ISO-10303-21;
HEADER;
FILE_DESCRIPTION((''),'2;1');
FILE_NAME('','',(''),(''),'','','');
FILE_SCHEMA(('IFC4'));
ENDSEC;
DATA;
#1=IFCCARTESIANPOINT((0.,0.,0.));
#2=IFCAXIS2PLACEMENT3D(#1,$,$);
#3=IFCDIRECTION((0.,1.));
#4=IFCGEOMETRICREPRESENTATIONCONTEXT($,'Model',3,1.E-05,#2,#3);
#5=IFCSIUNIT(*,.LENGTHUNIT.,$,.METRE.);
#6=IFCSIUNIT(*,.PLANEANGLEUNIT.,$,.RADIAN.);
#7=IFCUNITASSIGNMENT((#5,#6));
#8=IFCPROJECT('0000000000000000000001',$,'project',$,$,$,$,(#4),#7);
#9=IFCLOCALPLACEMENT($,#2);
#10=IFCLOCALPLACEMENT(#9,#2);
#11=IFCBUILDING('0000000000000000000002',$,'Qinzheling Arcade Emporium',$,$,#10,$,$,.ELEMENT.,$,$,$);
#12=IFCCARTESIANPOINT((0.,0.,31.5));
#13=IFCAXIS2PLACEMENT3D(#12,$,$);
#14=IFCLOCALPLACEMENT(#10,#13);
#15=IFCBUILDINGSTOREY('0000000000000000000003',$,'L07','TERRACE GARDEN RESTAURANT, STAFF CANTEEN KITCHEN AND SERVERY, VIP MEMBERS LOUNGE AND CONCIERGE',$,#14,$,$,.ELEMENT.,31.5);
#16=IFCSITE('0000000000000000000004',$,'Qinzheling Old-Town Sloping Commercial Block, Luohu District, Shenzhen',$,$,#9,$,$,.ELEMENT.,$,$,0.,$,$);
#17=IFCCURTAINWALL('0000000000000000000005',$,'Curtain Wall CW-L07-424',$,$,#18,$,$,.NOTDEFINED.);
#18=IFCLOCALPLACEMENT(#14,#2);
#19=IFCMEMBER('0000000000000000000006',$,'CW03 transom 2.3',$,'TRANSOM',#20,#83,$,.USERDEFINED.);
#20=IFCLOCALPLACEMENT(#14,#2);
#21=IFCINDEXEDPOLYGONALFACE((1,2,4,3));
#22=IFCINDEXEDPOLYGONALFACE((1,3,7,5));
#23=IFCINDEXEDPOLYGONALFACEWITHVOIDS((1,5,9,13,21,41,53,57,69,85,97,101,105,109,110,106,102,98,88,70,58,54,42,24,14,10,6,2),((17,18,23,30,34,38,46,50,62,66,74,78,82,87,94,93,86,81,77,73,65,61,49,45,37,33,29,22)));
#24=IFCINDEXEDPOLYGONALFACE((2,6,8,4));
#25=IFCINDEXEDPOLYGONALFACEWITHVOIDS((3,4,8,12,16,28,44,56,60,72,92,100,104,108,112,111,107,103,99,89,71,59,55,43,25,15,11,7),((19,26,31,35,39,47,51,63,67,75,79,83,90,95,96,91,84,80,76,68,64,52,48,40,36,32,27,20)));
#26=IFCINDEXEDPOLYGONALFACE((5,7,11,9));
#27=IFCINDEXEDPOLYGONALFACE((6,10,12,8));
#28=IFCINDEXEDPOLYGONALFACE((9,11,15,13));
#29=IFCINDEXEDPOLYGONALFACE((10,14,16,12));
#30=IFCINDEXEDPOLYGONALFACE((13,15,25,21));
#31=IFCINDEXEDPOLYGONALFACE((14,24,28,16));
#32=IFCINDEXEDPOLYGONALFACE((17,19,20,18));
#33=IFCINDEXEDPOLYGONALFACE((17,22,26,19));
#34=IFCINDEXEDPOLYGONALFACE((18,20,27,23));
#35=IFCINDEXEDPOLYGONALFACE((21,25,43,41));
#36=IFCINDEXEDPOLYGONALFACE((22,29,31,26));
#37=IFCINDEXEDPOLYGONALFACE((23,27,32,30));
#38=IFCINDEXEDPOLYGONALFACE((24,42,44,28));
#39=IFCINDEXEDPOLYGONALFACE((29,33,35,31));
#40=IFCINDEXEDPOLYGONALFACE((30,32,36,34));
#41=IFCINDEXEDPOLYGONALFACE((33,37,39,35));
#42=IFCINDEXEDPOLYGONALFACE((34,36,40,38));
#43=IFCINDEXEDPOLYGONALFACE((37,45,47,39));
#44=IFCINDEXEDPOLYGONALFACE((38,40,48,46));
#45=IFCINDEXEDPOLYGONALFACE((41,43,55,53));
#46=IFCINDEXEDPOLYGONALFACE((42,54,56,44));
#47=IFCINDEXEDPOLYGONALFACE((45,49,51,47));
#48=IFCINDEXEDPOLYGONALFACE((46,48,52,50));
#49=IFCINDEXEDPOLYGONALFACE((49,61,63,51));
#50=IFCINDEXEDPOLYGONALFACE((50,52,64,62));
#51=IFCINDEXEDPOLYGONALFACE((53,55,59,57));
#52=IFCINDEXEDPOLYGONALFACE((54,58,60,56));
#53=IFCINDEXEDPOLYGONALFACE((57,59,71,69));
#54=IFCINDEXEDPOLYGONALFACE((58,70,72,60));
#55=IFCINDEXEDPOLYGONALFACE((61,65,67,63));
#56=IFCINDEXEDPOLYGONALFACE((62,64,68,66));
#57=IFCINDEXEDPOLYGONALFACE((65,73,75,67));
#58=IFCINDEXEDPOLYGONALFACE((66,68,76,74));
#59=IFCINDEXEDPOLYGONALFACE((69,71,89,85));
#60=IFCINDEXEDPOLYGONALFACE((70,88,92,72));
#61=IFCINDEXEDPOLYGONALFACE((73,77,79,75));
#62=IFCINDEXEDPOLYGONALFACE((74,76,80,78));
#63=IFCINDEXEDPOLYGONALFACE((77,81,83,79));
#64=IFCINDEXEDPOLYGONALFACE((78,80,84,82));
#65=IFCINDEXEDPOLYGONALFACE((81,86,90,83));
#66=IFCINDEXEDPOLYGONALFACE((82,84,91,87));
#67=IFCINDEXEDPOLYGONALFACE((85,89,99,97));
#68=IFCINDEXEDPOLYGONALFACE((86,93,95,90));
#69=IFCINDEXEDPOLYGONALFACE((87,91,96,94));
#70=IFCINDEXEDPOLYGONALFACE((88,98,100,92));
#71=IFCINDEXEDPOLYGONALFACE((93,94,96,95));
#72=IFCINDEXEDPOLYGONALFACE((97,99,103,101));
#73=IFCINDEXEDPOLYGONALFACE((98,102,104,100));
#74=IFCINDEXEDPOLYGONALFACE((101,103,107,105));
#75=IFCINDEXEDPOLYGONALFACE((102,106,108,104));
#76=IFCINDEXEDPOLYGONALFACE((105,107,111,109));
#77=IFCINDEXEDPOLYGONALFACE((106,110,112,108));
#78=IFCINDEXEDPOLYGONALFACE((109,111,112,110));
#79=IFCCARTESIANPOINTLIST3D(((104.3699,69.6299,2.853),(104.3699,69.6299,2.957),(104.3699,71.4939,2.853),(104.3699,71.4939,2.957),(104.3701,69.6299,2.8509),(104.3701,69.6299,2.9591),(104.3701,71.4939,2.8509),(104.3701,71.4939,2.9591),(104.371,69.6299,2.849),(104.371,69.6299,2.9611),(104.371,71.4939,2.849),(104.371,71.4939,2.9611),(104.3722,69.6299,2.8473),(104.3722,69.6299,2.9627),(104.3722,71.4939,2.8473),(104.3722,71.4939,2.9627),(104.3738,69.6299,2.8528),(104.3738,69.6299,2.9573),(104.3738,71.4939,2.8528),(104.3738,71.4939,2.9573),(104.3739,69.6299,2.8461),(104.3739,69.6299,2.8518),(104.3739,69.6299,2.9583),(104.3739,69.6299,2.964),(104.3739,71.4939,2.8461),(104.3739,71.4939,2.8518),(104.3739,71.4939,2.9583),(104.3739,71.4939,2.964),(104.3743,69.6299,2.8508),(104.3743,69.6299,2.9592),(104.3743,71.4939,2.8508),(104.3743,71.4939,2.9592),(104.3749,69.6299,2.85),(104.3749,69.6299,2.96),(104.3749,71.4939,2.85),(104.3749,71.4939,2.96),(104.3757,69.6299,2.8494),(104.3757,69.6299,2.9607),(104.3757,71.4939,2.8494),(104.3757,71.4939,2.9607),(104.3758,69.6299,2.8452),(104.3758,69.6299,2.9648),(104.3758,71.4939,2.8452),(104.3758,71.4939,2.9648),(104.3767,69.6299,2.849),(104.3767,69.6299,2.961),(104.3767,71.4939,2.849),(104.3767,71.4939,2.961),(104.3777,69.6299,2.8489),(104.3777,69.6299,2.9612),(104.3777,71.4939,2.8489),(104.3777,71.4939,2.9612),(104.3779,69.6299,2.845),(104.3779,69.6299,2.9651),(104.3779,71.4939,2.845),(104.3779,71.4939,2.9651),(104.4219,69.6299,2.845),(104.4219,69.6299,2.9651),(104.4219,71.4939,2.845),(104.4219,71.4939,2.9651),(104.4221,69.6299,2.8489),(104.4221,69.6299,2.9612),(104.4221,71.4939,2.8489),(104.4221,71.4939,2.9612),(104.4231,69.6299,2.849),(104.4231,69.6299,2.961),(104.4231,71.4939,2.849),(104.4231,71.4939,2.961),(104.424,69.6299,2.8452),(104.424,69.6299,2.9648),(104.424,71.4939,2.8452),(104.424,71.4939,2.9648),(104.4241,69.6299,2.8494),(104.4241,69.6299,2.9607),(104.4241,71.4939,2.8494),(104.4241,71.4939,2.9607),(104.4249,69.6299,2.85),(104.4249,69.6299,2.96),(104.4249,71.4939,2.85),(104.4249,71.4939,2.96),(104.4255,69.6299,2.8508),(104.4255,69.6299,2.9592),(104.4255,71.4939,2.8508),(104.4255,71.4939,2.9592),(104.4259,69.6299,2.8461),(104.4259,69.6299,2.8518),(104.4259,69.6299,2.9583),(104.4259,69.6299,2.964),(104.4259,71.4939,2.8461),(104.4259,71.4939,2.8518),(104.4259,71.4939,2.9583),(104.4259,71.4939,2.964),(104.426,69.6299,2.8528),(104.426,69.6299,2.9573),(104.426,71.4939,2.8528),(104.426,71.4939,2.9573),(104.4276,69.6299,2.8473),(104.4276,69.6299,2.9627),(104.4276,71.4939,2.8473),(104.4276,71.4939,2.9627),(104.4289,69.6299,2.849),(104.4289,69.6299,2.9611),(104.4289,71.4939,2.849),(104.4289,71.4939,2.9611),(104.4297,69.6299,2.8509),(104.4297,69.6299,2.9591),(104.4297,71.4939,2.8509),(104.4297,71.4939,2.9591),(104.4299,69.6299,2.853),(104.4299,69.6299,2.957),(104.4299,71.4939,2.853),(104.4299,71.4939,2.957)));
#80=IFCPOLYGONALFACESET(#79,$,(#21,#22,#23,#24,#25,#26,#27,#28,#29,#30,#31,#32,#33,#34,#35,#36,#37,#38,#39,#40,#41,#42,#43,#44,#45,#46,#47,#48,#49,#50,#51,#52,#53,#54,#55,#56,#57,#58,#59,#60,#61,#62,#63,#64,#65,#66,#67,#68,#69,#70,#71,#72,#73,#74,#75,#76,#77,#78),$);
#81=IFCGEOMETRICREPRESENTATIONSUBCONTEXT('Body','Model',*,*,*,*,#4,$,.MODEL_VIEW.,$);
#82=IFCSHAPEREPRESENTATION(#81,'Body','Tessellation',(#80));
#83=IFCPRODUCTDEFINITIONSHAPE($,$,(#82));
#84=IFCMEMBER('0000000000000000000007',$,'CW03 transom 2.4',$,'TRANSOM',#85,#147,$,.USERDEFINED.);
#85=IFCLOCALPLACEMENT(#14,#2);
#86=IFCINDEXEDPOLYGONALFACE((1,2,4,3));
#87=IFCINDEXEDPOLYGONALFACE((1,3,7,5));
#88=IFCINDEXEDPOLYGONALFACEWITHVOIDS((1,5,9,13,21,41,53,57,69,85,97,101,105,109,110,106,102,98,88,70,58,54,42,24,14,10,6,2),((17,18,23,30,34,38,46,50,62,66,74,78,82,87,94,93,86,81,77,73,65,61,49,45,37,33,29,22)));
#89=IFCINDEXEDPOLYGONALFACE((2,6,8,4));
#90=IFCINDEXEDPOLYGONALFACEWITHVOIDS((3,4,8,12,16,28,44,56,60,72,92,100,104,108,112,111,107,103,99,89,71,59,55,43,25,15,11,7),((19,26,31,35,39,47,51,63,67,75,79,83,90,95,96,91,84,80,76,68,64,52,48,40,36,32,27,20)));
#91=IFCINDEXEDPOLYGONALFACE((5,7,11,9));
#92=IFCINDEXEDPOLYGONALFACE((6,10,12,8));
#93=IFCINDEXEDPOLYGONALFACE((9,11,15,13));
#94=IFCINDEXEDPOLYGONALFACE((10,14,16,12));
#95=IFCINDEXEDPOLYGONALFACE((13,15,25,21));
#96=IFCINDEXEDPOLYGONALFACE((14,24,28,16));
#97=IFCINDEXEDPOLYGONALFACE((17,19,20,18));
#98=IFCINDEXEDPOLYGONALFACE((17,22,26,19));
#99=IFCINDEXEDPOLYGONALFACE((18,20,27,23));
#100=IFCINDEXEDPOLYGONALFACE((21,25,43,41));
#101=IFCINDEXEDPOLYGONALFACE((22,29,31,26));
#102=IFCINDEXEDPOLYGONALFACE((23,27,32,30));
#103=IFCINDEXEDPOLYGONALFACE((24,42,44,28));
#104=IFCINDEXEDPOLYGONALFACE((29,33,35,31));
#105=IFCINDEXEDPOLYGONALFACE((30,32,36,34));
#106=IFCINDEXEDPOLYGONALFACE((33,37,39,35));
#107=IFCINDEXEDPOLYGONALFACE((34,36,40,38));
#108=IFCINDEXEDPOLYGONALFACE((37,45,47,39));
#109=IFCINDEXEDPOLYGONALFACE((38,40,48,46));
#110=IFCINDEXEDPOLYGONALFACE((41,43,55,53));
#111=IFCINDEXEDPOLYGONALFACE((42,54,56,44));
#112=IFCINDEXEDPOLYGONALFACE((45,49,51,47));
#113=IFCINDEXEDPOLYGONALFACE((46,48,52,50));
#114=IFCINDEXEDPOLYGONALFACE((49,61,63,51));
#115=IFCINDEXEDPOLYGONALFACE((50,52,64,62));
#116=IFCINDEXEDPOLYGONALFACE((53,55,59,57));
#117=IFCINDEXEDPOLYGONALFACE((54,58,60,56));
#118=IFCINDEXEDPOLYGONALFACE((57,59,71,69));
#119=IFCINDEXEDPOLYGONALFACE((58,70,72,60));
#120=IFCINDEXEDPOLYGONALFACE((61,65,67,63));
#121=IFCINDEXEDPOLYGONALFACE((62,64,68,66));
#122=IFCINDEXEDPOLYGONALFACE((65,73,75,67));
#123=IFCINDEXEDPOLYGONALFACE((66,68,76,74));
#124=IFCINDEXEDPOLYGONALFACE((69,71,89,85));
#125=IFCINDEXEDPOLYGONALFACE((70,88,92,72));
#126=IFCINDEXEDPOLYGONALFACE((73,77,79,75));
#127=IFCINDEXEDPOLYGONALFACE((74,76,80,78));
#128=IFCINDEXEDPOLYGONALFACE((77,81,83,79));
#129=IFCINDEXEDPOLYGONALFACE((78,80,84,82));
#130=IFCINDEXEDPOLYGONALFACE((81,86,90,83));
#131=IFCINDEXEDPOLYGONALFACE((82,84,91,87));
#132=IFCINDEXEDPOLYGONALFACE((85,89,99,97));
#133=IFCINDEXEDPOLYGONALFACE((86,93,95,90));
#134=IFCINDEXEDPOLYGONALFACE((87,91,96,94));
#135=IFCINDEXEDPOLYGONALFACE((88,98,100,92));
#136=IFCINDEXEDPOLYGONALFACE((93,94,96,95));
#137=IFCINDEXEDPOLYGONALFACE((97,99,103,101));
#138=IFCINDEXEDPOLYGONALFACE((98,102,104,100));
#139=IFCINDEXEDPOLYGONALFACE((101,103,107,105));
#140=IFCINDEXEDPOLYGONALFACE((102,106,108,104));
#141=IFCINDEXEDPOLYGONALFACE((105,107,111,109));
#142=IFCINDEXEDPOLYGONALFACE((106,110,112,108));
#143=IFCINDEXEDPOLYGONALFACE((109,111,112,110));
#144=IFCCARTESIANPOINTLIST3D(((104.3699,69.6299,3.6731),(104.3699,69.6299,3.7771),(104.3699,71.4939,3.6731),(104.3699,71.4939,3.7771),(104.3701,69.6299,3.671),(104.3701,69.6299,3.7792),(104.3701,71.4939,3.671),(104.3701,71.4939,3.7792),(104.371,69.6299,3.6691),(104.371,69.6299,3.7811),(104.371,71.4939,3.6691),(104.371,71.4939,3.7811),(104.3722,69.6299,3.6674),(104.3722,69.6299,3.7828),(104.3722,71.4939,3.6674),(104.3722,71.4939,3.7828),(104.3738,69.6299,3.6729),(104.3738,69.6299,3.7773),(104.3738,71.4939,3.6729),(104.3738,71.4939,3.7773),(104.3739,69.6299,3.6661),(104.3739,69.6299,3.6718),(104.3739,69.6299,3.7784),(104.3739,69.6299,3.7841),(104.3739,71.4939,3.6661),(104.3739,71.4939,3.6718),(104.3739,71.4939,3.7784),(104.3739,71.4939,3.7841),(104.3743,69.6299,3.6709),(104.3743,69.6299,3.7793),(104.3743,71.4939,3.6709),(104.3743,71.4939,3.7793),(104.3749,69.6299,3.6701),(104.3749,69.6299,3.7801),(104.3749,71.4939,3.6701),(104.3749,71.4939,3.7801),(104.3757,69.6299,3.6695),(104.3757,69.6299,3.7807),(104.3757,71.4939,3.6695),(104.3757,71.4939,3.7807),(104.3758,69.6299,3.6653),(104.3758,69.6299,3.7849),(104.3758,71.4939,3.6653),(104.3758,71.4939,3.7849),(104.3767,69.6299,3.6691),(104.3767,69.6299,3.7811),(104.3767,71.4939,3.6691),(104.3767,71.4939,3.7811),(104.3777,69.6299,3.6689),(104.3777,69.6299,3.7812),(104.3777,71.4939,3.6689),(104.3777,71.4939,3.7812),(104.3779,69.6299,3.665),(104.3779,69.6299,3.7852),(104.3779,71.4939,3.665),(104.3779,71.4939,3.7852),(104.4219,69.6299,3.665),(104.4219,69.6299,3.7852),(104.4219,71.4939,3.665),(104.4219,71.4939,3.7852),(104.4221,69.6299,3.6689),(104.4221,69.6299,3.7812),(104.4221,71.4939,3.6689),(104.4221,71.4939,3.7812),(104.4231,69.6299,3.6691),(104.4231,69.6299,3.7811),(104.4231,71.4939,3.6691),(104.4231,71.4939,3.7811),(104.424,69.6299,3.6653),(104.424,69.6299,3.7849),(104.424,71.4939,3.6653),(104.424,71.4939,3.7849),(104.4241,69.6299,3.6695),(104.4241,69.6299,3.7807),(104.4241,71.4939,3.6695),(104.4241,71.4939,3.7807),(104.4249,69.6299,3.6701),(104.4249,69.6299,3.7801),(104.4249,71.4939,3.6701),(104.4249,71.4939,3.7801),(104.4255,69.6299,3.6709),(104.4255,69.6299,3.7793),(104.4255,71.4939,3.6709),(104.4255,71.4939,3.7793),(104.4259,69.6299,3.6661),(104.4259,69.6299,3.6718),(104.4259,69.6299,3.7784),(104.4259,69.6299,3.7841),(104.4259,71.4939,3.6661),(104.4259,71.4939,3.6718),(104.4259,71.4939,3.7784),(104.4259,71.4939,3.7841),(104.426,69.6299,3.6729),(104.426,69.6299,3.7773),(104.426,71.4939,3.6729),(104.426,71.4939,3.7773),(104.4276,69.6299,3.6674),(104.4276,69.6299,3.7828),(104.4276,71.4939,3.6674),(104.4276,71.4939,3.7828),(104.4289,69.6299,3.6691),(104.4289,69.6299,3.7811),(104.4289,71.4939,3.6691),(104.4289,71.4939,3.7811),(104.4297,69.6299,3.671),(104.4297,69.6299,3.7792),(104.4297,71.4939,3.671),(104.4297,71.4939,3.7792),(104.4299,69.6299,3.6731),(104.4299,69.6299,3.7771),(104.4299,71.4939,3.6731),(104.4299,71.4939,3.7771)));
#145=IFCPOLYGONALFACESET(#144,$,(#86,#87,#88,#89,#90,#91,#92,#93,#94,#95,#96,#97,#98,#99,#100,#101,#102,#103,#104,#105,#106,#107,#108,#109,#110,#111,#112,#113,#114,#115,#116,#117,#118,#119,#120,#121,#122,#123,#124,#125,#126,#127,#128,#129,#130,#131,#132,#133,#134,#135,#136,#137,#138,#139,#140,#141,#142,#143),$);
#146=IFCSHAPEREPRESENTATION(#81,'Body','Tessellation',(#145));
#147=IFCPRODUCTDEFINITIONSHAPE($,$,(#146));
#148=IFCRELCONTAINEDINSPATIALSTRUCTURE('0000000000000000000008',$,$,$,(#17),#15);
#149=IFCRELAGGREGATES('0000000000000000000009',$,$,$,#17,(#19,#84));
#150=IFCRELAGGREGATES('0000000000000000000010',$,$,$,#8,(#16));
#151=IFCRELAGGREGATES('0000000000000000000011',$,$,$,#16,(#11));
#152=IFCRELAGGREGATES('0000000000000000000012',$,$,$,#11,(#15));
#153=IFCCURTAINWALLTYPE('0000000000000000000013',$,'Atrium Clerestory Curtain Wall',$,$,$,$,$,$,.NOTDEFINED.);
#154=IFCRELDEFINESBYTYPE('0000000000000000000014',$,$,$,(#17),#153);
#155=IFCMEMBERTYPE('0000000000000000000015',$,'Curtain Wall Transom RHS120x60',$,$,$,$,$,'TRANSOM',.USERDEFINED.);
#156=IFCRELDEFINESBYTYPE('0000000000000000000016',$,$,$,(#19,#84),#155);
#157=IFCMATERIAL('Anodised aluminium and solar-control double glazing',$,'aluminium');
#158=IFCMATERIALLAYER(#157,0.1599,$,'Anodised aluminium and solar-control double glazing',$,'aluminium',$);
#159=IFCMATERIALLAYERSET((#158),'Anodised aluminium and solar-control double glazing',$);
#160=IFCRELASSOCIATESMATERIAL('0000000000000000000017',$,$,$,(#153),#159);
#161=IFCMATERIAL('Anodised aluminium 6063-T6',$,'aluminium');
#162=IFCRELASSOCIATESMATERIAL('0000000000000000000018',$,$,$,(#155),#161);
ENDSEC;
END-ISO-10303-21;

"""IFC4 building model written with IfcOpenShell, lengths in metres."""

from ifc_helpers import new_model, si_unit, direction, frame, origin, origin_2d, place, context, subcontext, project, spatial, hollow_rectangle, extrude, material, layer, layer_set, material_profile, profile_set, type_object, element, aggregate, save


model = new_model("IFC4")

# Units and contexts
model_context = context("Model", 3, precision=1e-05, world=origin(), true_north=direction((0.0, 1.0)))
body_context = subcontext(model_context, "Body", "Model", "MODEL_VIEW")
ifc_project = project(units=[si_unit("LENGTHUNIT", "METRE"), si_unit("PLANEANGLEUNIT", "RADIAN")], contexts=[model_context])

# Site, building, storey
site_placement = place(None, origin())
site = spatial("IfcSite", under=ifc_project, at=site_placement, Name="Qinzheling Old-Town Sloping Commercial Block, Luohu District, Shenzhen", CompositionType="ELEMENT", RefElevation=0.0)
building_placement = place(site_placement, origin())
building = spatial("IfcBuilding", under=site, at=building_placement, Name="Qinzheling Arcade Emporium", CompositionType="ELEMENT")
storey_placement = place(building_placement, frame((0.0, 0.0, 31.5)))
storey = spatial("IfcBuildingStorey", under=building, at=storey_placement, Name="L07", Description="TERRACE GARDEN RESTAURANT, STAFF CANTEEN KITCHEN AND SERVERY, VIP MEMBERS LOUNGE AND CONCIERGE", CompositionType="ELEMENT", Elevation=31.5)

# Curtain wall, members
ifc_material_1 = material(Name="Anodised aluminium and solar-control double glazing", Category="aluminium")
ifc_layer_1 = layer(ifc_material_1, 0.1599, Name="Anodised aluminium and solar-control double glazing", Category="aluminium")
ifc_layer_set_1 = layer_set([ifc_layer_1], Name="Anodised aluminium and solar-control double glazing")
curtain_wall_type = type_object("IfcCurtainWallType", Name="Atrium Clerestory Curtain Wall", PredefinedType="NOTDEFINED", material=ifc_layer_set_1)
curtain_wall_placement = place(storey_placement, origin())
curtain_wall = element("IfcCurtainWall", 1, at=curtain_wall_placement, inside=storey, type_object=curtain_wall_type, Name="Curtain Wall CW-L07-424", PredefinedType="NOTDEFINED")
ifc_material_2 = material(Name="Anodised aluminium 6063-T6", Category="aluminium")
ifc_material_profile_1 = material_profile(ifc_material_2, hollow_rectangle(XDim=0.0601, YDim=0.1201, WallThickness=0.0039, InnerFilletRadius=0.0039, OuterFilletRadius=0.0081, at=origin_2d()), Name="RHS 120x60x4", Category="aluminium")
ifc_profile_set_1 = profile_set([ifc_material_profile_1], Name="Anodised aluminium 6063-T6")
member_type_1 = type_object("IfcMemberType", Name="Curtain Wall Transom RHS120x60", ElementType="TRANSOM", PredefinedType="USERDEFINED", material=ifc_profile_set_1)
member_1_placement = place(storey_placement, frame((104.3999, 71.4939, 2.905), z_axis=(0.0, -1.0, 0.0), x_axis=(1.0, 0.0, 0.0)))
member_1 = element("IfcMember", 2, at=member_1_placement, type_object=member_type_1, Name="CW03 transom 2.3", ObjectType="TRANSOM", PredefinedType="USERDEFINED", context=body_context, shape_type="SweptSolid", body=[
    extrude(hollow_rectangle(XDim=0.0601, YDim=0.1201, WallThickness=0.0039, InnerFilletRadius=0.0039, OuterFilletRadius=0.0081, at=origin_2d()), origin(), (0.0, 0.0, 1.0), 1.864),
])
member_2_placement = place(storey_placement, frame((104.3999, 71.4939, 3.7251), z_axis=(0.0, -1.0, 0.0), x_axis=(1.0, 0.0, 0.0)))
member_2 = element("IfcMember", 3, at=member_2_placement, type_object=member_type_1, Name="CW03 transom 2.4", ObjectType="TRANSOM", PredefinedType="USERDEFINED", context=body_context, shape_type="SweptSolid", body=[
    extrude(hollow_rectangle(XDim=0.0601, YDim=0.1201, WallThickness=0.0039, InnerFilletRadius=0.0039, OuterFilletRadius=0.0081, at=origin_2d()), origin(), (0.0, 0.0, 1.0), 1.864),
])
aggregate(curtain_wall, [member_1, member_2])

save(model, "model.ifc")
